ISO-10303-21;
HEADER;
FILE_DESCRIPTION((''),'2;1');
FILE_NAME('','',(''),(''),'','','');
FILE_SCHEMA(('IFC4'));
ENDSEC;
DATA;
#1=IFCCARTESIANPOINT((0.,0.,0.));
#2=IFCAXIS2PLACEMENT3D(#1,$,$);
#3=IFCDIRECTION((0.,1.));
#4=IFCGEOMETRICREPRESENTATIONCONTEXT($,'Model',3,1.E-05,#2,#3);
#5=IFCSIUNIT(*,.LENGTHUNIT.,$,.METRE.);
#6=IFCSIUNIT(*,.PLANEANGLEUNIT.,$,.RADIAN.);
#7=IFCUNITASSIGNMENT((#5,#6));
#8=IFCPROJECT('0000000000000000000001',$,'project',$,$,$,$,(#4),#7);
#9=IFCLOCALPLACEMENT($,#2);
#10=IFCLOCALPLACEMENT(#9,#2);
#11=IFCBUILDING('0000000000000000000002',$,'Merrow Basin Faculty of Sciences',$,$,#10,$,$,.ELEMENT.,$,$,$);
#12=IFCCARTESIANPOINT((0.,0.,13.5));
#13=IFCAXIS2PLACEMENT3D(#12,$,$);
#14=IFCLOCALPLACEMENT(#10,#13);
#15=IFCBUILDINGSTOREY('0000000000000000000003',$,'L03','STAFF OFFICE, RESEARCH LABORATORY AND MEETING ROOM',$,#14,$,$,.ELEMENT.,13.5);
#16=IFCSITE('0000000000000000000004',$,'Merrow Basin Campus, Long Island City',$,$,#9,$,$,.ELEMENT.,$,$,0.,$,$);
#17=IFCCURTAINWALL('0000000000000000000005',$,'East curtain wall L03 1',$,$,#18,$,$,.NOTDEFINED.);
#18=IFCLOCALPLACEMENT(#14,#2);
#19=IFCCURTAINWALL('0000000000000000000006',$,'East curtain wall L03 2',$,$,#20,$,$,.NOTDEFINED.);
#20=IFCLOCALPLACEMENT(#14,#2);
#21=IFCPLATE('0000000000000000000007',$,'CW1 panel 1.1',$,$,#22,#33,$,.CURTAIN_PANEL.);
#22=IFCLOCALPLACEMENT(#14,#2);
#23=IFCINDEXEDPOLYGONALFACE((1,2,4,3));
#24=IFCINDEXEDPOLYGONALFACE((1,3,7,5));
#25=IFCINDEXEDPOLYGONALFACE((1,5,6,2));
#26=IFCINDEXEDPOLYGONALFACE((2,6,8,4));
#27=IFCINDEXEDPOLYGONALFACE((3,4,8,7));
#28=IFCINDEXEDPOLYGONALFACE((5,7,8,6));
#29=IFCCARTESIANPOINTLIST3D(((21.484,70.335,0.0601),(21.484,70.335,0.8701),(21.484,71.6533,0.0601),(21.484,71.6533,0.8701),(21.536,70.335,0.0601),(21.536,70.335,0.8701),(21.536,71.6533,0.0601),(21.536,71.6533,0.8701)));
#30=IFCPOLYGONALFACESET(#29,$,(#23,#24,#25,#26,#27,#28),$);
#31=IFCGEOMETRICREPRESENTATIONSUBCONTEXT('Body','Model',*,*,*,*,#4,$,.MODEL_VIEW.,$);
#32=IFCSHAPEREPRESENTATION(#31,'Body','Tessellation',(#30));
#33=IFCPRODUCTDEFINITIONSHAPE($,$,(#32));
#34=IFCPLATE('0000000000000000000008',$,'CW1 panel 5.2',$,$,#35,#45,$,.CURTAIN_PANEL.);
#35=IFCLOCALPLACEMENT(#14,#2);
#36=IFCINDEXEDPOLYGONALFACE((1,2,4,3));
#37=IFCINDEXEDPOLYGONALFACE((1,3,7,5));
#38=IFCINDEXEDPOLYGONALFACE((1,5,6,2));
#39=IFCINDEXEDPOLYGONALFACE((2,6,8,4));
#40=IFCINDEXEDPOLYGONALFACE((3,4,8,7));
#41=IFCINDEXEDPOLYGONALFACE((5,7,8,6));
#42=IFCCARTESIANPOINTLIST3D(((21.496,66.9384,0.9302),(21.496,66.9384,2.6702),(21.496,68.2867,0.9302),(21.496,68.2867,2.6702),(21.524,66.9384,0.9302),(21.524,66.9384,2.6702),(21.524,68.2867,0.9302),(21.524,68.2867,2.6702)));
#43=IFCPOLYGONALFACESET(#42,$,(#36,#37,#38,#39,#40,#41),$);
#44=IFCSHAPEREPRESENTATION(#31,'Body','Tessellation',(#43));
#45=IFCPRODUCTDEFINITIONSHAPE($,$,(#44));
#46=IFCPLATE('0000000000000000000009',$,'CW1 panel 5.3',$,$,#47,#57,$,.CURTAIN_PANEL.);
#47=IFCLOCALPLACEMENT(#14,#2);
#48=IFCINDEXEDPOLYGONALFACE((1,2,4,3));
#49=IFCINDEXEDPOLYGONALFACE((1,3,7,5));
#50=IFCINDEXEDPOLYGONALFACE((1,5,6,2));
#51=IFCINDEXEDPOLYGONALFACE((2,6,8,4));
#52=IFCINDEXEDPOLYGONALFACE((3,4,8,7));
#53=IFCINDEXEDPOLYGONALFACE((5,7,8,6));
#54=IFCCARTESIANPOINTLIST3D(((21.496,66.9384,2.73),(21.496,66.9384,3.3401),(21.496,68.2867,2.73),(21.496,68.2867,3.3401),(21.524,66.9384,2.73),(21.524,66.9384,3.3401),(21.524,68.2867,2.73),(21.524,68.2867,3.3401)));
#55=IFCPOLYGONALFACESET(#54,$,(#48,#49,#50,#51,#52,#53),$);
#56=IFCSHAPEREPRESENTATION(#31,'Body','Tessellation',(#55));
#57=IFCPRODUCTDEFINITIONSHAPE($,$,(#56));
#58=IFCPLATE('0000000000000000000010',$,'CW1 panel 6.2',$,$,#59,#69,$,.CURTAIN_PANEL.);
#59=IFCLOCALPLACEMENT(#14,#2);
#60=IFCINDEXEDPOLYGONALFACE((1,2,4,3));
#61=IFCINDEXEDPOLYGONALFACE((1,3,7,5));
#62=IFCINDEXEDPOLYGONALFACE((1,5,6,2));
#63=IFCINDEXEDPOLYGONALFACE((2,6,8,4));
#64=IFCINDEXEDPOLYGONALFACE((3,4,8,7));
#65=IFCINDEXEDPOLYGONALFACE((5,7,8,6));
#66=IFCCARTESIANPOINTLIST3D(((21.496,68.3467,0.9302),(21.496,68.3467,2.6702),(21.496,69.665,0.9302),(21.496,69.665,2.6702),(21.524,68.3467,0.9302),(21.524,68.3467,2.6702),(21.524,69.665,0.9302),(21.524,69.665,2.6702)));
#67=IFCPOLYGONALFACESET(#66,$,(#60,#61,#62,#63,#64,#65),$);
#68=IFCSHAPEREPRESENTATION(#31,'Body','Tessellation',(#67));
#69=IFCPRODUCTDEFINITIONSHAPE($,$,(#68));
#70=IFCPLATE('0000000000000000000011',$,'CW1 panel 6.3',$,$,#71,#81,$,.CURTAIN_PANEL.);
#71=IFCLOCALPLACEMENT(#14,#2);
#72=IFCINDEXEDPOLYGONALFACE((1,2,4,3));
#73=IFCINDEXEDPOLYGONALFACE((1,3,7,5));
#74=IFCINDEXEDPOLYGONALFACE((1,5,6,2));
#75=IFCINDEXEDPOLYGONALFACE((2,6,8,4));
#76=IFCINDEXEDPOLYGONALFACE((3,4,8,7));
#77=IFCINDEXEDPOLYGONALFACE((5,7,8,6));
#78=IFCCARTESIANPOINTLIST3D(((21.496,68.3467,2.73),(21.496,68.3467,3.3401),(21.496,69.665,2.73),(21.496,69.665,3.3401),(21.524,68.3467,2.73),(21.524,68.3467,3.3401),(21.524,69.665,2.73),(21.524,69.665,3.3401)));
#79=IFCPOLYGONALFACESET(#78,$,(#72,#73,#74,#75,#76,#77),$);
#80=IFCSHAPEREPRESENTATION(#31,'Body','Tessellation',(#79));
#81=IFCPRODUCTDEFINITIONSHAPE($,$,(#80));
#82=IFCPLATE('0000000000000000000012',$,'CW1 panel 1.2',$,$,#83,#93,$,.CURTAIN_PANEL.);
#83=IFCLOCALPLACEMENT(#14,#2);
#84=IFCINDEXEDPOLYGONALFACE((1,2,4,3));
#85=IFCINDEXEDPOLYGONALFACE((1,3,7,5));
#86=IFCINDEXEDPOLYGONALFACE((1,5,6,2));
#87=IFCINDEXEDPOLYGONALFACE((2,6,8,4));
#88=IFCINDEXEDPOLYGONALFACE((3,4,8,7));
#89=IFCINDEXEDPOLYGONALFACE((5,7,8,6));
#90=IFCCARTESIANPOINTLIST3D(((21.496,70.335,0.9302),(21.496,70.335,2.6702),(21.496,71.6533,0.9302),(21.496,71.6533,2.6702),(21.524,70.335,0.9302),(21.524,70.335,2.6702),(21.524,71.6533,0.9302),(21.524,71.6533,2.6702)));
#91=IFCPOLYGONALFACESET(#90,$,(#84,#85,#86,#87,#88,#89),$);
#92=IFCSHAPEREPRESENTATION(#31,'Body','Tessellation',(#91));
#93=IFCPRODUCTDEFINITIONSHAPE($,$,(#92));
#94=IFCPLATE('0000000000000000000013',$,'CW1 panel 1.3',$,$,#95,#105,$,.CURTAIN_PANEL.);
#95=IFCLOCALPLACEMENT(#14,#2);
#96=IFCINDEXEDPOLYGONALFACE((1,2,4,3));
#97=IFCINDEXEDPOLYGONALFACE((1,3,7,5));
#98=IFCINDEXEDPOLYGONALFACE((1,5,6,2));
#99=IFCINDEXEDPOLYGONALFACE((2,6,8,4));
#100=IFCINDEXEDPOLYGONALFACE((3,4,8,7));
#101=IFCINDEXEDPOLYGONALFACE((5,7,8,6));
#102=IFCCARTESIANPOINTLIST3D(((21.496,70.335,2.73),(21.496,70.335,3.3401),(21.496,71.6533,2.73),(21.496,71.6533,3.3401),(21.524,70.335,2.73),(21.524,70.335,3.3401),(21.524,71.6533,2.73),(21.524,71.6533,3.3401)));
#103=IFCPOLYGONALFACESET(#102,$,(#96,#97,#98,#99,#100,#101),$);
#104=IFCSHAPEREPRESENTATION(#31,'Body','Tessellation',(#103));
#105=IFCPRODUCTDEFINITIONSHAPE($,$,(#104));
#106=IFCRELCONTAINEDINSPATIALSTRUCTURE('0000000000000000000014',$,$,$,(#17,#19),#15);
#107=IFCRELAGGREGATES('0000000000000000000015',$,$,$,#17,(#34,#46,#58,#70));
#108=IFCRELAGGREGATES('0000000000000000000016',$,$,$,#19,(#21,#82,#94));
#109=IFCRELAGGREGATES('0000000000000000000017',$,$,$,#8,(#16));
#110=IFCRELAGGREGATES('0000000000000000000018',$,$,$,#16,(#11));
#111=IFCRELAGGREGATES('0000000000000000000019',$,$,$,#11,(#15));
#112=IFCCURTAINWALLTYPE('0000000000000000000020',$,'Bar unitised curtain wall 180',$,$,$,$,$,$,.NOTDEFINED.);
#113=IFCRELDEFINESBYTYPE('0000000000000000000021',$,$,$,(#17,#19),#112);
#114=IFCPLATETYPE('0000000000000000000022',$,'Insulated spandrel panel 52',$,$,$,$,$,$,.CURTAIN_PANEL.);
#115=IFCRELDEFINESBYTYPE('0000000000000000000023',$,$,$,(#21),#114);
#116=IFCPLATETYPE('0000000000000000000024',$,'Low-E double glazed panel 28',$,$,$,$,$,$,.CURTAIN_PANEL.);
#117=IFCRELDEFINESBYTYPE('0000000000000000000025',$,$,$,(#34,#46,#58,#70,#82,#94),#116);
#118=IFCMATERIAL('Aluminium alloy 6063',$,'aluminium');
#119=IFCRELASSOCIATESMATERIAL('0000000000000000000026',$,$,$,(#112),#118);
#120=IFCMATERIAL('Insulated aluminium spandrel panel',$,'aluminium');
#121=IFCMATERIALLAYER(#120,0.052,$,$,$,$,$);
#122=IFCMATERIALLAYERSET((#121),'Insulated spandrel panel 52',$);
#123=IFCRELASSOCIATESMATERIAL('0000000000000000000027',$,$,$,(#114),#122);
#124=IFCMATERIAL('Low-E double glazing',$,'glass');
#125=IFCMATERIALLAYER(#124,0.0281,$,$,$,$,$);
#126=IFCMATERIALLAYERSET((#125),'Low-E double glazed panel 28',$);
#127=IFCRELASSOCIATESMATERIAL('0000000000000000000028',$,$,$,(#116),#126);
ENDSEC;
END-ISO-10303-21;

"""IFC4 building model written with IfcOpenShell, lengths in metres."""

from ifc_helpers import new_model, si_unit, direction, frame, origin, origin_2d, place, context, subcontext, project, spatial, rectangle, extrude, material, layer, layer_set, type_object, element, aggregate, save


model = new_model("IFC4")

# Units and contexts
model_context = context("Model", 3, precision=1e-05, world=origin(), true_north=direction((0.0, 1.0)))
body_context = subcontext(model_context, "Body", "Model", "MODEL_VIEW")
ifc_project = project(units=[si_unit("LENGTHUNIT", "METRE"), si_unit("PLANEANGLEUNIT", "RADIAN")], contexts=[model_context])

# Site, building, storey
site_placement = place(None, origin())
site = spatial("IfcSite", under=ifc_project, at=site_placement, Name="Merrow Basin Campus, Long Island City", CompositionType="ELEMENT", RefElevation=0.0)
building_placement = place(site_placement, origin())
building = spatial("IfcBuilding", under=site, at=building_placement, Name="Merrow Basin Faculty of Sciences", CompositionType="ELEMENT")
storey_placement = place(building_placement, frame((0.0, 0.0, 13.5)))
storey = spatial("IfcBuildingStorey", under=building, at=storey_placement, Name="L03", Description="STAFF OFFICE, RESEARCH LABORATORY AND MEETING ROOM", CompositionType="ELEMENT", Elevation=13.5)

# Curtain walls
ifc_material_1 = material(Name="Aluminium alloy 6063", Category="aluminium")
curtain_wall_type = type_object("IfcCurtainWallType", Name="Bar unitised curtain wall 180", PredefinedType="NOTDEFINED", material=ifc_material_1)
curtain_wall_1_placement = place(storey_placement, origin())
curtain_wall_1 = element("IfcCurtainWall", 1, at=curtain_wall_1_placement, inside=storey, type_object=curtain_wall_type, Name="East curtain wall L03 1", PredefinedType="NOTDEFINED")
curtain_wall_2_placement = place(storey_placement, origin())
curtain_wall_2 = element("IfcCurtainWall", 2, at=curtain_wall_2_placement, inside=storey, type_object=curtain_wall_type, Name="East curtain wall L03 2", PredefinedType="NOTDEFINED")

# Plates
ifc_material_2 = material(Name="Insulated aluminium spandrel panel", Category="aluminium")
ifc_layer_1 = layer(ifc_material_2, 0.052)
ifc_layer_set_1 = layer_set([ifc_layer_1], Name="Insulated spandrel panel 52")
plate_type_1 = type_object("IfcPlateType", Name="Insulated spandrel panel 52", PredefinedType="CURTAIN_PANEL", material=ifc_layer_set_1)
plate_1_placement = place(storey_placement, frame((21.51, 70.9941, 0.0601), z_axis=(0.0, 0.0, 1.0), x_axis=(0.0, 1.0, 0.0)))
plate_1 = element("IfcPlate", 3, at=plate_1_placement, type_object=plate_type_1, Name="CW1 panel 1.1", PredefinedType="CURTAIN_PANEL", context=body_context, shape_type="SweptSolid", body=[
    extrude(rectangle(XDim=1.3184, YDim=0.052, at=origin_2d()), origin(), (0.0, 0.0, 1.0), 0.8101),
])
ifc_material_3 = material(Name="Low-E double glazing", Category="glass")
ifc_layer_2 = layer(ifc_material_3, 0.0281)
ifc_layer_set_2 = layer_set([ifc_layer_2], Name="Low-E double glazed panel 28")
plate_type_2 = type_object("IfcPlateType", Name="Low-E double glazed panel 28", PredefinedType="CURTAIN_PANEL", material=ifc_layer_set_2)
plate_2_placement = place(storey_placement, frame((21.51, 67.6125, 0.9302), z_axis=(0.0, 0.0, 1.0), x_axis=(0.0, 1.0, 0.0)))
plate_2 = element("IfcPlate", 4, at=plate_2_placement, type_object=plate_type_2, Name="CW1 panel 5.2", PredefinedType="CURTAIN_PANEL", context=body_context, shape_type="SweptSolid", body=[
    extrude(rectangle(XDim=1.3484, YDim=0.0281, at=origin_2d()), origin(), (0.0, 0.0, 1.0), 1.74),
])
plate_3_placement = place(storey_placement, frame((21.51, 67.6125, 2.73), z_axis=(0.0, 0.0, 1.0), x_axis=(0.0, 1.0, 0.0)))
plate_3 = element("IfcPlate", 5, at=plate_3_placement, type_object=plate_type_2, Name="CW1 panel 5.3", PredefinedType="CURTAIN_PANEL", context=body_context, shape_type="SweptSolid", body=[
    extrude(rectangle(XDim=1.3484, YDim=0.0281, at=origin_2d()), origin(), (0.0, 0.0, 1.0), 0.6101),
])
plate_4_placement = place(storey_placement, frame((21.51, 69.0059, 0.9302), z_axis=(0.0, 0.0, 1.0), x_axis=(0.0, 1.0, 0.0)))
plate_4 = element("IfcPlate", 6, at=plate_4_placement, type_object=plate_type_2, Name="CW1 panel 6.2", PredefinedType="CURTAIN_PANEL", context=body_context, shape_type="SweptSolid", body=[
    extrude(rectangle(XDim=1.3184, YDim=0.0281, at=origin_2d()), origin(), (0.0, 0.0, 1.0), 1.74),
])
plate_5_placement = place(storey_placement, frame((21.51, 69.0059, 2.73), z_axis=(0.0, 0.0, 1.0), x_axis=(0.0, 1.0, 0.0)))
plate_5 = element("IfcPlate", 7, at=plate_5_placement, type_object=plate_type_2, Name="CW1 panel 6.3", PredefinedType="CURTAIN_PANEL", context=body_context, shape_type="SweptSolid", body=[
    extrude(rectangle(XDim=1.3184, YDim=0.0281, at=origin_2d()), origin(), (0.0, 0.0, 1.0), 0.6101),
])
aggregate(curtain_wall_1, [plate_2, plate_3, plate_4, plate_5])
plate_6_placement = place(storey_placement, frame((21.51, 70.9941, 0.9302), z_axis=(0.0, 0.0, 1.0), x_axis=(0.0, 1.0, 0.0)))
plate_6 = element("IfcPlate", 8, at=plate_6_placement, type_object=plate_type_2, Name="CW1 panel 1.2", PredefinedType="CURTAIN_PANEL", context=body_context, shape_type="SweptSolid", body=[
    extrude(rectangle(XDim=1.3184, YDim=0.0281, at=origin_2d()), origin(), (0.0, 0.0, 1.0), 1.74),
])
plate_7_placement = place(storey_placement, frame((21.51, 70.9941, 2.73), z_axis=(0.0, 0.0, 1.0), x_axis=(0.0, 1.0, 0.0)))
plate_7 = element("IfcPlate", 9, at=plate_7_placement, type_object=plate_type_2, Name="CW1 panel 1.3", PredefinedType="CURTAIN_PANEL", context=body_context, shape_type="SweptSolid", body=[
    extrude(rectangle(XDim=1.3184, YDim=0.0281, at=origin_2d()), origin(), (0.0, 0.0, 1.0), 0.6101),
])
aggregate(curtain_wall_2, [plate_1, plate_6, plate_7])

save(model, "model.ifc")
